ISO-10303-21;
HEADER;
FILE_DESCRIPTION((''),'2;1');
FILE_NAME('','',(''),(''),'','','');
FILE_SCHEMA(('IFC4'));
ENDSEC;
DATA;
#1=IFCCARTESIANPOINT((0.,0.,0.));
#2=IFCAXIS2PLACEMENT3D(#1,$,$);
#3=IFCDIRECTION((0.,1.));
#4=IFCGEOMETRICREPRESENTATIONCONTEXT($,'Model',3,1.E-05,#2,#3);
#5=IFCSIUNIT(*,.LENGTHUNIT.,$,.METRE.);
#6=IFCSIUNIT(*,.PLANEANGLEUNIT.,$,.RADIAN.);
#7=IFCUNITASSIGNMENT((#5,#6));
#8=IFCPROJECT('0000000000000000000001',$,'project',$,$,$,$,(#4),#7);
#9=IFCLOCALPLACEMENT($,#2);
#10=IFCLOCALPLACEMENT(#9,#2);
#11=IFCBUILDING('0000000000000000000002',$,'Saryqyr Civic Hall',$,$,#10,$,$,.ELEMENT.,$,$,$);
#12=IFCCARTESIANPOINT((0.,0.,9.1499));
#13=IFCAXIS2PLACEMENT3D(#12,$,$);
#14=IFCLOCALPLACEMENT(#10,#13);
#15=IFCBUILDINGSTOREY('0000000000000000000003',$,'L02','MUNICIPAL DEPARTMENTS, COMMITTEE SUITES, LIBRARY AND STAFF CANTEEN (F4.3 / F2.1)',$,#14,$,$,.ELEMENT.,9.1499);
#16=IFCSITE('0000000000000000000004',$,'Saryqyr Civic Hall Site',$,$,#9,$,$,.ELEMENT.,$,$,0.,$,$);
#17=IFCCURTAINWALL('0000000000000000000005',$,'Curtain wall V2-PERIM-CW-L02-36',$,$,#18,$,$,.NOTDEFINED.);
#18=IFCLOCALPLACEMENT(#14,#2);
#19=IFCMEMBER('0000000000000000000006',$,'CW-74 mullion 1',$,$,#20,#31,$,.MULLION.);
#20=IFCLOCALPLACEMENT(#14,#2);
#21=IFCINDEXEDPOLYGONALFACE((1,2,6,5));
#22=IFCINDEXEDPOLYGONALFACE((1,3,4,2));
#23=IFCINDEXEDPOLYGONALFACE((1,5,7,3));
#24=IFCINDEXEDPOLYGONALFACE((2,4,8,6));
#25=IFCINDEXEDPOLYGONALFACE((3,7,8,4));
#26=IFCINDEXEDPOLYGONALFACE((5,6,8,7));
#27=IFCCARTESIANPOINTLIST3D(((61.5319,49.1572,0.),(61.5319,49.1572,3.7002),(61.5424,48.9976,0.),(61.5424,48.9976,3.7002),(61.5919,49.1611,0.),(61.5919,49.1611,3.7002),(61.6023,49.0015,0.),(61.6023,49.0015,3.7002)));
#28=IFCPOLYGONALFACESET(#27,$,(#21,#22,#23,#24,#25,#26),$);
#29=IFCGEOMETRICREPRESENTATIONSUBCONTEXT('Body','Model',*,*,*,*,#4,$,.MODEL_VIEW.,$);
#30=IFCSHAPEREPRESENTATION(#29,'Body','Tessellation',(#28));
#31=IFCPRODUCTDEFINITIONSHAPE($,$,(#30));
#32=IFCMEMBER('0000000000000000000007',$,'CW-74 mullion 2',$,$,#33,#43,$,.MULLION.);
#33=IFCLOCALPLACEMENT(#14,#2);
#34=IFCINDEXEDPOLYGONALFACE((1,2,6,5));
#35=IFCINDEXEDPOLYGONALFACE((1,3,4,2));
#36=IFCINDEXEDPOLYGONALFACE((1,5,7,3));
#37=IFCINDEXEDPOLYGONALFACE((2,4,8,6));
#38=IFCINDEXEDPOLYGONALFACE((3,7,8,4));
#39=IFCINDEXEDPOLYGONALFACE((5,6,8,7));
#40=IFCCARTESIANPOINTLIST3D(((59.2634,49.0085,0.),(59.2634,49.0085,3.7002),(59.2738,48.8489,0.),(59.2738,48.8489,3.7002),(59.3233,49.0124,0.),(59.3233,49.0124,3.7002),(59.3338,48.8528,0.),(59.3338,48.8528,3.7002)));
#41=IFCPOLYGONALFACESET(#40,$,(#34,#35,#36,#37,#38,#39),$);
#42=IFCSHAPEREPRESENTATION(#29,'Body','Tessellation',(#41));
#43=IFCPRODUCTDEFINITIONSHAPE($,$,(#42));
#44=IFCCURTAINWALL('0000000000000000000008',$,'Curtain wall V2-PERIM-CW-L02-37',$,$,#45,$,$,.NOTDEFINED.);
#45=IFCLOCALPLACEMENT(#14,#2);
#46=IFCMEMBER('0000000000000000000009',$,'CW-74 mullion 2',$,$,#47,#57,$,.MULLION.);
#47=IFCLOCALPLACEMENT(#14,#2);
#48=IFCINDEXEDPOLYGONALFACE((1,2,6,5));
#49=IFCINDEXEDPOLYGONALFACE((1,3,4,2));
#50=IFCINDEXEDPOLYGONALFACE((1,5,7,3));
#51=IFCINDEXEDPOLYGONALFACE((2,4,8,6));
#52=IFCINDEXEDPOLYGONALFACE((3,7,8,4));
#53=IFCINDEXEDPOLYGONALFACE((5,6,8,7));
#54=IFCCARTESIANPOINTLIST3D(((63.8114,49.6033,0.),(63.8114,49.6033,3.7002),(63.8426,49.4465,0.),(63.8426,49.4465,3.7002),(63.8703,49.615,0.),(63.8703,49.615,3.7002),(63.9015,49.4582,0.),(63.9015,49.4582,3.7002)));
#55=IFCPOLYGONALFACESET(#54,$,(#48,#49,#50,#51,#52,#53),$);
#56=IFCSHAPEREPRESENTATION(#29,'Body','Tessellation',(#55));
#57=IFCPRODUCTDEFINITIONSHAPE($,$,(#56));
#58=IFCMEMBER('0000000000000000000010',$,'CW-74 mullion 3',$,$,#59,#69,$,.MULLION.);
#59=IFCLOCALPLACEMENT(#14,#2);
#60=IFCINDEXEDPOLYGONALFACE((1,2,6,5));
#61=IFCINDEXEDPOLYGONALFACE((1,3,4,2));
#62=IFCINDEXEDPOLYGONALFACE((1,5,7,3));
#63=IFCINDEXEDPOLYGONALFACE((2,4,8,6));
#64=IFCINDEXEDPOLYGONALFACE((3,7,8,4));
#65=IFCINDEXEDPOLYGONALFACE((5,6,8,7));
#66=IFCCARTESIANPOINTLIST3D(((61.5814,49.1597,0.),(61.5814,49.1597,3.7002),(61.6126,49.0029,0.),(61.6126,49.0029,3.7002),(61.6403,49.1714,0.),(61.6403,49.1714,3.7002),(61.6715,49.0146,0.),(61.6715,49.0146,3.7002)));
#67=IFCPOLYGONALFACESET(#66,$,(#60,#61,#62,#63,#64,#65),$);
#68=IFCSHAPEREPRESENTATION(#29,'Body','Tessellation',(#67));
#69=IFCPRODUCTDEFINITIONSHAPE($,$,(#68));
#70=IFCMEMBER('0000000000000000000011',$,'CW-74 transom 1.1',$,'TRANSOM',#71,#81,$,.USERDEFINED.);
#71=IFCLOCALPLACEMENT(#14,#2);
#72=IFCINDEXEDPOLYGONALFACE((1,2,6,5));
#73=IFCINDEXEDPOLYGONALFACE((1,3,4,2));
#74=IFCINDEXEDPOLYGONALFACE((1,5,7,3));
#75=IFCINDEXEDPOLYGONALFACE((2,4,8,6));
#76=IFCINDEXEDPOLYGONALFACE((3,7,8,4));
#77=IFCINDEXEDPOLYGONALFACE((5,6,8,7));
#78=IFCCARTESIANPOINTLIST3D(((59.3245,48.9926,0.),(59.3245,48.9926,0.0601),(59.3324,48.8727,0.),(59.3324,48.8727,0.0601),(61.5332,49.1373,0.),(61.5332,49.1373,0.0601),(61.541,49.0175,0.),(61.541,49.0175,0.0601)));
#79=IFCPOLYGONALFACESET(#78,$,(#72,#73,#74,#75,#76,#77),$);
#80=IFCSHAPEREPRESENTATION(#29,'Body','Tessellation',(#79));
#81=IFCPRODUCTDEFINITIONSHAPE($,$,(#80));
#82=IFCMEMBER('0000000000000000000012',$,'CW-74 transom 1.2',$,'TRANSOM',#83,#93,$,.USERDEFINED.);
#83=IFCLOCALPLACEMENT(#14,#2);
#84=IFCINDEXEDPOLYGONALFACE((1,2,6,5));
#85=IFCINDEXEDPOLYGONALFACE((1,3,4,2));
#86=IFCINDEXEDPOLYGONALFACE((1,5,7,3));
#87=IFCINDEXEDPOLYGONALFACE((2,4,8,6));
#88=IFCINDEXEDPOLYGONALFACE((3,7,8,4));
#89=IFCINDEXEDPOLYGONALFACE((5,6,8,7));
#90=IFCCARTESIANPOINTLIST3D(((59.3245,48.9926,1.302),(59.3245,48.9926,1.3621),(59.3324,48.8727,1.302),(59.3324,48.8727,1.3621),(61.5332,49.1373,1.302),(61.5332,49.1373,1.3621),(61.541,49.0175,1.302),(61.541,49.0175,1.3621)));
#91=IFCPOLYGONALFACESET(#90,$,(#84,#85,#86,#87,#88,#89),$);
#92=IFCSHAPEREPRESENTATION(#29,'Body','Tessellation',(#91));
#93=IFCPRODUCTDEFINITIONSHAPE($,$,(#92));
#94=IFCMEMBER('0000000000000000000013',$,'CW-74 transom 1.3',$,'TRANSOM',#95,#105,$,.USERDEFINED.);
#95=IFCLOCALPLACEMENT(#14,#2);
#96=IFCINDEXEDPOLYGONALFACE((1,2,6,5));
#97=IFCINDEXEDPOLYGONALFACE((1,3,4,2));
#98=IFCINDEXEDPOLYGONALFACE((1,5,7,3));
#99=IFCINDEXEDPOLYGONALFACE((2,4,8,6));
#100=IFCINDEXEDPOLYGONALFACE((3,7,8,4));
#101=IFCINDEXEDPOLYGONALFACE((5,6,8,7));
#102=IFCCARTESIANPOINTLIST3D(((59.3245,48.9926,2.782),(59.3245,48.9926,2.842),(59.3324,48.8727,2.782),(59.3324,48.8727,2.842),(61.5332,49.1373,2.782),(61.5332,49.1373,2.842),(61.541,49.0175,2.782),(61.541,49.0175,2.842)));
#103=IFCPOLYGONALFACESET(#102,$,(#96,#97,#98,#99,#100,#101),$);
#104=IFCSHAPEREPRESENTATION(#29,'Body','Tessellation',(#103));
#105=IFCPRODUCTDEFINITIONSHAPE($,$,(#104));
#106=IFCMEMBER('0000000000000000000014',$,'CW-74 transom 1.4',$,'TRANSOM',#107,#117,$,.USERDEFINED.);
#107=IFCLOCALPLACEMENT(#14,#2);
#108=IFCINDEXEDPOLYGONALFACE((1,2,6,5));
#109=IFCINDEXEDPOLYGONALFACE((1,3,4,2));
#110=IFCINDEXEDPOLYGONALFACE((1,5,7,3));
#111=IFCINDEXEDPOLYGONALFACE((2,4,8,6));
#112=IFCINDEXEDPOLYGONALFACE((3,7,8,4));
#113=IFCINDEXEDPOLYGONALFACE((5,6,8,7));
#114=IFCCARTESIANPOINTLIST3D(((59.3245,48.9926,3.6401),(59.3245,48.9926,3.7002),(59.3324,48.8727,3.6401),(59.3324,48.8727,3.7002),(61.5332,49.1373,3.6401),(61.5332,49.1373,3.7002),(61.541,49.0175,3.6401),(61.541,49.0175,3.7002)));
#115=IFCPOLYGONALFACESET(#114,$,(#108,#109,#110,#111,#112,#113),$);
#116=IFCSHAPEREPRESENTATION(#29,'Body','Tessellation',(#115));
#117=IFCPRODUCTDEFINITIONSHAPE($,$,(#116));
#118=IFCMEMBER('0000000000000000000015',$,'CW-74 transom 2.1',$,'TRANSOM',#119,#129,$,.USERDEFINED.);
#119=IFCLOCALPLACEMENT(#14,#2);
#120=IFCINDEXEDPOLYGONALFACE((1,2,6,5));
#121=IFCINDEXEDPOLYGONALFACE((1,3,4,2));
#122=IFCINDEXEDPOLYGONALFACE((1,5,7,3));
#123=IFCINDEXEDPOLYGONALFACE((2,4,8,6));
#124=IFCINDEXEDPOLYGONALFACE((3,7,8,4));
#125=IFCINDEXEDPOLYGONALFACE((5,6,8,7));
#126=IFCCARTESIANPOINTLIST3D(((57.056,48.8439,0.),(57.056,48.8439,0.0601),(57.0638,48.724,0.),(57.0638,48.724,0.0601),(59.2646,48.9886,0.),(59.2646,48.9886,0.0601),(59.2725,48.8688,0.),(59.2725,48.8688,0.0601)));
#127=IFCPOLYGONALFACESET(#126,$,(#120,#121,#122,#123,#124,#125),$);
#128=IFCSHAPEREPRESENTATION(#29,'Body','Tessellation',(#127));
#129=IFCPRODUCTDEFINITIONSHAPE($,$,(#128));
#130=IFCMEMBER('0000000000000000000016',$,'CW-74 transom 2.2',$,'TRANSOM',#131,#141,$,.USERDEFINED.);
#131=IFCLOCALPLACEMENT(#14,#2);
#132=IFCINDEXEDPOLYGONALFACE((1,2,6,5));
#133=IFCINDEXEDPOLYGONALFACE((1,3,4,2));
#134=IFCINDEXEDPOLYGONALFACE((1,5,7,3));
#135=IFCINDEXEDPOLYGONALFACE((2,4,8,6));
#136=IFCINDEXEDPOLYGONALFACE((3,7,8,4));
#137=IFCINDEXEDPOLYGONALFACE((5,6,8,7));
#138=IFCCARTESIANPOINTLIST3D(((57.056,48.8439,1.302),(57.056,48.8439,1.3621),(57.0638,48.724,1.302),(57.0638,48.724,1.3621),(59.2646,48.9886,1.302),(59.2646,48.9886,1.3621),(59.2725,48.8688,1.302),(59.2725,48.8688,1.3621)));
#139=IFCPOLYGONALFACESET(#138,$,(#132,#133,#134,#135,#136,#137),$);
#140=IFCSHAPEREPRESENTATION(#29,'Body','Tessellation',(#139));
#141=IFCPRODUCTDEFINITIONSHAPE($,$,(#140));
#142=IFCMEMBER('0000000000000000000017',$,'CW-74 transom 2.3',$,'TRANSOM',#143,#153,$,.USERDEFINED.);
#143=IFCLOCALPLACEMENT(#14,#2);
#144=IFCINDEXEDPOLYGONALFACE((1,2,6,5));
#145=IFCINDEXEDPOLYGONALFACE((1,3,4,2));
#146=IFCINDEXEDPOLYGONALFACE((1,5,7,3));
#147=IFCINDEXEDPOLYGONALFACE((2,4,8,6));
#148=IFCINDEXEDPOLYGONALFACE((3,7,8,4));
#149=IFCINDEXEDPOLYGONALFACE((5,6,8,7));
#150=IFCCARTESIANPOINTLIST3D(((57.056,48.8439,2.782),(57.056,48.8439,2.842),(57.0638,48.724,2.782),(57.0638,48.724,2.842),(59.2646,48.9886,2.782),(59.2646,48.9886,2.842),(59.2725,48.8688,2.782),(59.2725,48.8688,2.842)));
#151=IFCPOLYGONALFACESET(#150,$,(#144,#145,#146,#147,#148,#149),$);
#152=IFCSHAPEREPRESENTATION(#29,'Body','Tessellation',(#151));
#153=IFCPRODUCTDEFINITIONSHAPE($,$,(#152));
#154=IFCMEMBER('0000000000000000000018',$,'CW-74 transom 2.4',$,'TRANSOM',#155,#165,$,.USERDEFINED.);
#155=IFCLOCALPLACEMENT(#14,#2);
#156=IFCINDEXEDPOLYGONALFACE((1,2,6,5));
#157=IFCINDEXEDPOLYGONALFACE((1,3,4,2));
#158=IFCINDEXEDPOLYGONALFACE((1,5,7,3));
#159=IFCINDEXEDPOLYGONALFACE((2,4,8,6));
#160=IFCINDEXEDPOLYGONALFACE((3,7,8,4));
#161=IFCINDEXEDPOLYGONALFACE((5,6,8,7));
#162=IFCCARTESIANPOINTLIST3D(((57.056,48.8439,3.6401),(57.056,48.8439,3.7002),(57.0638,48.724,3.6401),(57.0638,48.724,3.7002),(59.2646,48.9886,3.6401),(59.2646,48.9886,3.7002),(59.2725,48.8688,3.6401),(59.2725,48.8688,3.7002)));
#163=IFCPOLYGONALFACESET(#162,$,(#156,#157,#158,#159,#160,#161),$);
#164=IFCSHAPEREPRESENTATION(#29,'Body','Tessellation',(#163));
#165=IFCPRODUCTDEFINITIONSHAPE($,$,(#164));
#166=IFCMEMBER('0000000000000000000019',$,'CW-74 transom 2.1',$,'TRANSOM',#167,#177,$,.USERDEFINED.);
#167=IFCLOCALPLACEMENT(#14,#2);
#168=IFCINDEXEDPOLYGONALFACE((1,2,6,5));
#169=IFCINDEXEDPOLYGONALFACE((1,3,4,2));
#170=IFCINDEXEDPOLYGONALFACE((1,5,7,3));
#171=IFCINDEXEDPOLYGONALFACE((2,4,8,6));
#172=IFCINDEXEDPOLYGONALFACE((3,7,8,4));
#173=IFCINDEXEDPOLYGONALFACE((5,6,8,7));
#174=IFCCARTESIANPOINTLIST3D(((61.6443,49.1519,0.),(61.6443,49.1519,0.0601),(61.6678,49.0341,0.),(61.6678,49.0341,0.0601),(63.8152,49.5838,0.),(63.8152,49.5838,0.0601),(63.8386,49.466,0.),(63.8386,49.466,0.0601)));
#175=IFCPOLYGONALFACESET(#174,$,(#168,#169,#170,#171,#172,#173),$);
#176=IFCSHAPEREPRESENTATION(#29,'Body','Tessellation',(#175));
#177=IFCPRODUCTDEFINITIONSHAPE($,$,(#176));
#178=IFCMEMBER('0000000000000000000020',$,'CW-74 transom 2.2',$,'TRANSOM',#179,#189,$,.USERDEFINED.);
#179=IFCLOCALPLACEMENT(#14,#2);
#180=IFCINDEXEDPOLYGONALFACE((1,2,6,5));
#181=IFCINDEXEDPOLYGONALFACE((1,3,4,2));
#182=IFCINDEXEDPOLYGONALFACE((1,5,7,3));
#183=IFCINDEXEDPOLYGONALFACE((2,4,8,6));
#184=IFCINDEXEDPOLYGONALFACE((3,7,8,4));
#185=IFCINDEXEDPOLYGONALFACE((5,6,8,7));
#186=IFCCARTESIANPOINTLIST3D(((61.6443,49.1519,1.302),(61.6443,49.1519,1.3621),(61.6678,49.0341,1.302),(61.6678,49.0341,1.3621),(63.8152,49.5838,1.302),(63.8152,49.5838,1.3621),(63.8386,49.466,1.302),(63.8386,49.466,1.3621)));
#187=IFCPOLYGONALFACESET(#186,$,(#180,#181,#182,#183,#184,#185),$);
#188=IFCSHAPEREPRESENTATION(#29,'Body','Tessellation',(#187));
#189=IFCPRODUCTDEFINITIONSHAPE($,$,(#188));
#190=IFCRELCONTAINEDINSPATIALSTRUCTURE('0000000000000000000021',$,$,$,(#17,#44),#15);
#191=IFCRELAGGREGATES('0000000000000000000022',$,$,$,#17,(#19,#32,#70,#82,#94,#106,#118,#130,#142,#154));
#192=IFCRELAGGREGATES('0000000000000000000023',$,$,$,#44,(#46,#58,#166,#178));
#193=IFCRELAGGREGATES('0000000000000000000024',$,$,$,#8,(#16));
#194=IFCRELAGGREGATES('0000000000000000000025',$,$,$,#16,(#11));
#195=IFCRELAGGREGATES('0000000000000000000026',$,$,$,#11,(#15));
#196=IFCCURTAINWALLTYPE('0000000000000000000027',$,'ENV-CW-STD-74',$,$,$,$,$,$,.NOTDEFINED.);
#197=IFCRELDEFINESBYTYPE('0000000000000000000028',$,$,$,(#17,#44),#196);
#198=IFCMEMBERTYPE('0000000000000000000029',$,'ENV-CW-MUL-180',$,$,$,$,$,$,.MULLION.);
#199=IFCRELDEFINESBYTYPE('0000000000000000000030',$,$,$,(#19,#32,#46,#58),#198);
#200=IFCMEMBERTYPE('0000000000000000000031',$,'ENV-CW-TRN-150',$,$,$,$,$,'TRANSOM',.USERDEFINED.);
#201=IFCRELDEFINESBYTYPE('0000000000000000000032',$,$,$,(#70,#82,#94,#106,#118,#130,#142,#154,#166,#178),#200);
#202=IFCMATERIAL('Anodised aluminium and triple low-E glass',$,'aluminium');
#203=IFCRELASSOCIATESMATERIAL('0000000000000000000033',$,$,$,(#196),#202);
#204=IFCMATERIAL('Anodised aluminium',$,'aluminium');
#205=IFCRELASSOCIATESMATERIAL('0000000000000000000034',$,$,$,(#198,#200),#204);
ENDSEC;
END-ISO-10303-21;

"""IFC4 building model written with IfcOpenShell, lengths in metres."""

from ifc_helpers import new_model, si_unit, direction, frame, origin, origin_2d, place, context, subcontext, project, spatial, rectangle, extrude, material, material_profile, profile_set, type_object, element, aggregate, save


model = new_model("IFC4")

# Units and contexts
model_context = context("Model", 3, precision=1e-05, world=origin(), true_north=direction((0.0, 1.0)))
body_context = subcontext(model_context, "Body", "Model", "MODEL_VIEW")
ifc_project = project(units=[si_unit("LENGTHUNIT", "METRE"), si_unit("PLANEANGLEUNIT", "RADIAN")], contexts=[model_context])

# Site, building, storey
site_placement = place(None, origin())
site = spatial("IfcSite", under=ifc_project, at=site_placement, Name="Saryqyr Civic Hall Site", CompositionType="ELEMENT", RefElevation=0.0)
building_placement = place(site_placement, origin())
building = spatial("IfcBuilding", under=site, at=building_placement, Name="Saryqyr Civic Hall", CompositionType="ELEMENT")
storey_placement = place(building_placement, frame((0.0, 0.0, 9.1499)))
storey = spatial("IfcBuildingStorey", under=building, at=storey_placement, Name="L02", Description="MUNICIPAL DEPARTMENTS, COMMITTEE SUITES, LIBRARY AND STAFF CANTEEN (F4.3 / F2.1)", CompositionType="ELEMENT", Elevation=9.1499)

# Curtain walls, members
ifc_material_1 = material(Name="Anodised aluminium and triple low-E glass", Category="aluminium")
curtain_wall_type = type_object("IfcCurtainWallType", Name="ENV-CW-STD-74", PredefinedType="NOTDEFINED", material=ifc_material_1)
curtain_wall_1_placement = place(storey_placement, origin())
curtain_wall_1 = element("IfcCurtainWall", 1, at=curtain_wall_1_placement, inside=storey, type_object=curtain_wall_type, Name="Curtain wall V2-PERIM-CW-L02-36", PredefinedType="NOTDEFINED")
ifc_material_2 = material(Name="Anodised aluminium", Category="aluminium")
ifc_material_profile_1 = material_profile(ifc_material_2, rectangle(XDim=0.0601, YDim=0.1599, at=origin_2d()), Name="ALU MULLION 60x160")
ifc_profile_set_1 = profile_set([ifc_material_profile_1], Name="Anodised aluminium")
member_type_1 = type_object("IfcMemberType", Name="ENV-CW-MUL-180", PredefinedType="MULLION", material=ifc_profile_set_1)
member_1_placement = place(storey_placement, frame((61.5671, 49.0793, 0.0), z_axis=(0.0, 0.0, 1.0), x_axis=(-0.997859, -0.065401, 0.0)))
member_1 = element("IfcMember", 2, at=member_1_placement, type_object=member_type_1, Name="CW-74 mullion 1", PredefinedType="MULLION", context=body_context, shape_type="SweptSolid", body=[
    extrude(rectangle(XDim=0.0601, YDim=0.1599, at=origin_2d()), origin(), (0.0, 0.0, 1.0), 3.7002),
])
member_2_placement = place(storey_placement, frame((59.2986, 48.9307, 0.0), z_axis=(0.0, 0.0, 1.0), x_axis=(-0.997859, -0.065401, 0.0)))
member_2 = element("IfcMember", 3, at=member_2_placement, type_object=member_type_1, Name="CW-74 mullion 2", PredefinedType="MULLION", context=body_context, shape_type="SweptSolid", body=[
    extrude(rectangle(XDim=0.0601, YDim=0.1599, at=origin_2d()), origin(), (0.0, 0.0, 1.0), 3.7002),
])
curtain_wall_2_placement = place(storey_placement, origin())
curtain_wall_2 = element("IfcCurtainWall", 4, at=curtain_wall_2_placement, inside=storey, type_object=curtain_wall_type, Name="Curtain wall V2-PERIM-CW-L02-37", PredefinedType="NOTDEFINED")
member_3_placement = place(storey_placement, frame((63.8564, 49.5308, 0.0), z_axis=(0.0, 0.0, 1.0), x_axis=(-0.980785, -0.195093, 0.0)))
member_3 = element("IfcMember", 5, at=member_3_placement, type_object=member_type_1, Name="CW-74 mullion 2", PredefinedType="MULLION", context=body_context, shape_type="SweptSolid", body=[
    extrude(rectangle(XDim=0.0601, YDim=0.1599, at=origin_2d()), origin(), (0.0, 0.0, 1.0), 3.7002),
])
member_4_placement = place(storey_placement, frame((61.6265, 49.0872, 0.0), z_axis=(0.0, 0.0, 1.0), x_axis=(-0.980785, -0.195093, 0.0)))
member_4 = element("IfcMember", 6, at=member_4_placement, type_object=member_type_1, Name="CW-74 mullion 3", PredefinedType="MULLION", context=body_context, shape_type="SweptSolid", body=[
    extrude(rectangle(XDim=0.0601, YDim=0.1599, at=origin_2d()), origin(), (0.0, 0.0, 1.0), 3.7002),
])

# Members
ifc_material_profile_2 = material_profile(ifc_material_2, rectangle(XDim=0.1201, YDim=0.0601, at=origin_2d()), Name="ALU TRANSOM 120x60")
ifc_profile_set_2 = profile_set([ifc_material_profile_2], Name="Anodised aluminium")
member_type_2 = type_object("IfcMemberType", Name="ENV-CW-TRN-150", ElementType="TRANSOM", PredefinedType="USERDEFINED", material=ifc_profile_set_2)
member_5_placement = place(storey_placement, frame((61.5371, 49.0774, 0.03), z_axis=(-0.997859, -0.065406, 0.0), x_axis=(0.065406, -0.997859, 0.0)))
member_5 = element("IfcMember", 7, at=member_5_placement, type_object=member_type_2, Name="CW-74 transom 1.1", ObjectType="TRANSOM", PredefinedType="USERDEFINED", context=body_context, shape_type="SweptSolid", body=[
    extrude(rectangle(XDim=0.1201, YDim=0.0601, at=origin_2d()), origin(), (0.0, 0.0, 1.0), 2.2134),
])
member_6_placement = place(storey_placement, frame((61.5371, 49.0774, 1.332), z_axis=(-0.997859, -0.065406, 0.0), x_axis=(0.065406, -0.997859, 0.0)))
member_6 = element("IfcMember", 8, at=member_6_placement, type_object=member_type_2, Name="CW-74 transom 1.2", ObjectType="TRANSOM", PredefinedType="USERDEFINED", context=body_context, shape_type="SweptSolid", body=[
    extrude(rectangle(XDim=0.1201, YDim=0.0601, at=origin_2d()), origin(), (0.0, 0.0, 1.0), 2.2134),
])
member_7_placement = place(storey_placement, frame((61.5371, 49.0774, 2.812), z_axis=(-0.997859, -0.065406, 0.0), x_axis=(0.065406, -0.997859, 0.0)))
member_7 = element("IfcMember", 9, at=member_7_placement, type_object=member_type_2, Name="CW-74 transom 1.3", ObjectType="TRANSOM", PredefinedType="USERDEFINED", context=body_context, shape_type="SweptSolid", body=[
    extrude(rectangle(XDim=0.1201, YDim=0.0601, at=origin_2d()), origin(), (0.0, 0.0, 1.0), 2.2134),
])
member_8_placement = place(storey_placement, frame((61.5371, 49.0774, 3.6702), z_axis=(-0.997859, -0.065406, 0.0), x_axis=(0.065406, -0.997859, 0.0)))
member_8 = element("IfcMember", 10, at=member_8_placement, type_object=member_type_2, Name="CW-74 transom 1.4", ObjectType="TRANSOM", PredefinedType="USERDEFINED", context=body_context, shape_type="SweptSolid", body=[
    extrude(rectangle(XDim=0.1201, YDim=0.0601, at=origin_2d()), origin(), (0.0, 0.0, 1.0), 2.2134),
])
member_9_placement = place(storey_placement, frame((59.2686, 48.9287, 0.03), z_axis=(-0.997859, -0.065406, 0.0), x_axis=(0.065406, -0.997859, 0.0)))
member_9 = element("IfcMember", 11, at=member_9_placement, type_object=member_type_2, Name="CW-74 transom 2.1", ObjectType="TRANSOM", PredefinedType="USERDEFINED", context=body_context, shape_type="SweptSolid", body=[
    extrude(rectangle(XDim=0.1201, YDim=0.0601, at=origin_2d()), origin(), (0.0, 0.0, 1.0), 2.2134),
])
member_10_placement = place(storey_placement, frame((59.2686, 48.9287, 1.332), z_axis=(-0.997859, -0.065406, 0.0), x_axis=(0.065406, -0.997859, 0.0)))
member_10 = element("IfcMember", 12, at=member_10_placement, type_object=member_type_2, Name="CW-74 transom 2.2", ObjectType="TRANSOM", PredefinedType="USERDEFINED", context=body_context, shape_type="SweptSolid", body=[
    extrude(rectangle(XDim=0.1201, YDim=0.0601, at=origin_2d()), origin(), (0.0, 0.0, 1.0), 2.2134),
])
member_11_placement = place(storey_placement, frame((59.2686, 48.9287, 2.812), z_axis=(-0.997859, -0.065406, 0.0), x_axis=(0.065406, -0.997859, 0.0)))
member_11 = element("IfcMember", 13, at=member_11_placement, type_object=member_type_2, Name="CW-74 transom 2.3", ObjectType="TRANSOM", PredefinedType="USERDEFINED", context=body_context, shape_type="SweptSolid", body=[
    extrude(rectangle(XDim=0.1201, YDim=0.0601, at=origin_2d()), origin(), (0.0, 0.0, 1.0), 2.2134),
])
member_12_placement = place(storey_placement, frame((59.2686, 48.9287, 3.6702), z_axis=(-0.997859, -0.065406, 0.0), x_axis=(0.065406, -0.997859, 0.0)))
member_12 = element("IfcMember", 14, at=member_12_placement, type_object=member_type_2, Name="CW-74 transom 2.4", ObjectType="TRANSOM", PredefinedType="USERDEFINED", context=body_context, shape_type="SweptSolid", body=[
    extrude(rectangle(XDim=0.1201, YDim=0.0601, at=origin_2d()), origin(), (0.0, 0.0, 1.0), 2.2134),
])
member_13_placement = place(storey_placement, frame((63.8269, 49.5249, 0.03), z_axis=(-0.98078, -0.195119, 0.0), x_axis=(0.195119, -0.98078, 0.0)))
member_13 = element("IfcMember", 15, at=member_13_placement, type_object=member_type_2, Name="CW-74 transom 2.1", ObjectType="TRANSOM", PredefinedType="USERDEFINED", context=body_context, shape_type="SweptSolid", body=[
    extrude(rectangle(XDim=0.1201, YDim=0.0601, at=origin_2d()), origin(), (0.0, 0.0, 1.0), 2.2134),
])
member_14_placement = place(storey_placement, frame((63.8269, 49.5249, 1.332), z_axis=(-0.98078, -0.195119, 0.0), x_axis=(0.195119, -0.98078, 0.0)))
member_14 = element("IfcMember", 16, at=member_14_placement, type_object=member_type_2, Name="CW-74 transom 2.2", ObjectType="TRANSOM", PredefinedType="USERDEFINED", context=body_context, shape_type="SweptSolid", body=[
    extrude(rectangle(XDim=0.1201, YDim=0.0601, at=origin_2d()), origin(), (0.0, 0.0, 1.0), 2.2134),
])

aggregate(curtain_wall_1, [member_1, member_2, member_5, member_6, member_7, member_8, member_9, member_10, member_11, member_12])
aggregate(curtain_wall_2, [member_3, member_4, member_13, member_14])

save(model, "model.ifc")
